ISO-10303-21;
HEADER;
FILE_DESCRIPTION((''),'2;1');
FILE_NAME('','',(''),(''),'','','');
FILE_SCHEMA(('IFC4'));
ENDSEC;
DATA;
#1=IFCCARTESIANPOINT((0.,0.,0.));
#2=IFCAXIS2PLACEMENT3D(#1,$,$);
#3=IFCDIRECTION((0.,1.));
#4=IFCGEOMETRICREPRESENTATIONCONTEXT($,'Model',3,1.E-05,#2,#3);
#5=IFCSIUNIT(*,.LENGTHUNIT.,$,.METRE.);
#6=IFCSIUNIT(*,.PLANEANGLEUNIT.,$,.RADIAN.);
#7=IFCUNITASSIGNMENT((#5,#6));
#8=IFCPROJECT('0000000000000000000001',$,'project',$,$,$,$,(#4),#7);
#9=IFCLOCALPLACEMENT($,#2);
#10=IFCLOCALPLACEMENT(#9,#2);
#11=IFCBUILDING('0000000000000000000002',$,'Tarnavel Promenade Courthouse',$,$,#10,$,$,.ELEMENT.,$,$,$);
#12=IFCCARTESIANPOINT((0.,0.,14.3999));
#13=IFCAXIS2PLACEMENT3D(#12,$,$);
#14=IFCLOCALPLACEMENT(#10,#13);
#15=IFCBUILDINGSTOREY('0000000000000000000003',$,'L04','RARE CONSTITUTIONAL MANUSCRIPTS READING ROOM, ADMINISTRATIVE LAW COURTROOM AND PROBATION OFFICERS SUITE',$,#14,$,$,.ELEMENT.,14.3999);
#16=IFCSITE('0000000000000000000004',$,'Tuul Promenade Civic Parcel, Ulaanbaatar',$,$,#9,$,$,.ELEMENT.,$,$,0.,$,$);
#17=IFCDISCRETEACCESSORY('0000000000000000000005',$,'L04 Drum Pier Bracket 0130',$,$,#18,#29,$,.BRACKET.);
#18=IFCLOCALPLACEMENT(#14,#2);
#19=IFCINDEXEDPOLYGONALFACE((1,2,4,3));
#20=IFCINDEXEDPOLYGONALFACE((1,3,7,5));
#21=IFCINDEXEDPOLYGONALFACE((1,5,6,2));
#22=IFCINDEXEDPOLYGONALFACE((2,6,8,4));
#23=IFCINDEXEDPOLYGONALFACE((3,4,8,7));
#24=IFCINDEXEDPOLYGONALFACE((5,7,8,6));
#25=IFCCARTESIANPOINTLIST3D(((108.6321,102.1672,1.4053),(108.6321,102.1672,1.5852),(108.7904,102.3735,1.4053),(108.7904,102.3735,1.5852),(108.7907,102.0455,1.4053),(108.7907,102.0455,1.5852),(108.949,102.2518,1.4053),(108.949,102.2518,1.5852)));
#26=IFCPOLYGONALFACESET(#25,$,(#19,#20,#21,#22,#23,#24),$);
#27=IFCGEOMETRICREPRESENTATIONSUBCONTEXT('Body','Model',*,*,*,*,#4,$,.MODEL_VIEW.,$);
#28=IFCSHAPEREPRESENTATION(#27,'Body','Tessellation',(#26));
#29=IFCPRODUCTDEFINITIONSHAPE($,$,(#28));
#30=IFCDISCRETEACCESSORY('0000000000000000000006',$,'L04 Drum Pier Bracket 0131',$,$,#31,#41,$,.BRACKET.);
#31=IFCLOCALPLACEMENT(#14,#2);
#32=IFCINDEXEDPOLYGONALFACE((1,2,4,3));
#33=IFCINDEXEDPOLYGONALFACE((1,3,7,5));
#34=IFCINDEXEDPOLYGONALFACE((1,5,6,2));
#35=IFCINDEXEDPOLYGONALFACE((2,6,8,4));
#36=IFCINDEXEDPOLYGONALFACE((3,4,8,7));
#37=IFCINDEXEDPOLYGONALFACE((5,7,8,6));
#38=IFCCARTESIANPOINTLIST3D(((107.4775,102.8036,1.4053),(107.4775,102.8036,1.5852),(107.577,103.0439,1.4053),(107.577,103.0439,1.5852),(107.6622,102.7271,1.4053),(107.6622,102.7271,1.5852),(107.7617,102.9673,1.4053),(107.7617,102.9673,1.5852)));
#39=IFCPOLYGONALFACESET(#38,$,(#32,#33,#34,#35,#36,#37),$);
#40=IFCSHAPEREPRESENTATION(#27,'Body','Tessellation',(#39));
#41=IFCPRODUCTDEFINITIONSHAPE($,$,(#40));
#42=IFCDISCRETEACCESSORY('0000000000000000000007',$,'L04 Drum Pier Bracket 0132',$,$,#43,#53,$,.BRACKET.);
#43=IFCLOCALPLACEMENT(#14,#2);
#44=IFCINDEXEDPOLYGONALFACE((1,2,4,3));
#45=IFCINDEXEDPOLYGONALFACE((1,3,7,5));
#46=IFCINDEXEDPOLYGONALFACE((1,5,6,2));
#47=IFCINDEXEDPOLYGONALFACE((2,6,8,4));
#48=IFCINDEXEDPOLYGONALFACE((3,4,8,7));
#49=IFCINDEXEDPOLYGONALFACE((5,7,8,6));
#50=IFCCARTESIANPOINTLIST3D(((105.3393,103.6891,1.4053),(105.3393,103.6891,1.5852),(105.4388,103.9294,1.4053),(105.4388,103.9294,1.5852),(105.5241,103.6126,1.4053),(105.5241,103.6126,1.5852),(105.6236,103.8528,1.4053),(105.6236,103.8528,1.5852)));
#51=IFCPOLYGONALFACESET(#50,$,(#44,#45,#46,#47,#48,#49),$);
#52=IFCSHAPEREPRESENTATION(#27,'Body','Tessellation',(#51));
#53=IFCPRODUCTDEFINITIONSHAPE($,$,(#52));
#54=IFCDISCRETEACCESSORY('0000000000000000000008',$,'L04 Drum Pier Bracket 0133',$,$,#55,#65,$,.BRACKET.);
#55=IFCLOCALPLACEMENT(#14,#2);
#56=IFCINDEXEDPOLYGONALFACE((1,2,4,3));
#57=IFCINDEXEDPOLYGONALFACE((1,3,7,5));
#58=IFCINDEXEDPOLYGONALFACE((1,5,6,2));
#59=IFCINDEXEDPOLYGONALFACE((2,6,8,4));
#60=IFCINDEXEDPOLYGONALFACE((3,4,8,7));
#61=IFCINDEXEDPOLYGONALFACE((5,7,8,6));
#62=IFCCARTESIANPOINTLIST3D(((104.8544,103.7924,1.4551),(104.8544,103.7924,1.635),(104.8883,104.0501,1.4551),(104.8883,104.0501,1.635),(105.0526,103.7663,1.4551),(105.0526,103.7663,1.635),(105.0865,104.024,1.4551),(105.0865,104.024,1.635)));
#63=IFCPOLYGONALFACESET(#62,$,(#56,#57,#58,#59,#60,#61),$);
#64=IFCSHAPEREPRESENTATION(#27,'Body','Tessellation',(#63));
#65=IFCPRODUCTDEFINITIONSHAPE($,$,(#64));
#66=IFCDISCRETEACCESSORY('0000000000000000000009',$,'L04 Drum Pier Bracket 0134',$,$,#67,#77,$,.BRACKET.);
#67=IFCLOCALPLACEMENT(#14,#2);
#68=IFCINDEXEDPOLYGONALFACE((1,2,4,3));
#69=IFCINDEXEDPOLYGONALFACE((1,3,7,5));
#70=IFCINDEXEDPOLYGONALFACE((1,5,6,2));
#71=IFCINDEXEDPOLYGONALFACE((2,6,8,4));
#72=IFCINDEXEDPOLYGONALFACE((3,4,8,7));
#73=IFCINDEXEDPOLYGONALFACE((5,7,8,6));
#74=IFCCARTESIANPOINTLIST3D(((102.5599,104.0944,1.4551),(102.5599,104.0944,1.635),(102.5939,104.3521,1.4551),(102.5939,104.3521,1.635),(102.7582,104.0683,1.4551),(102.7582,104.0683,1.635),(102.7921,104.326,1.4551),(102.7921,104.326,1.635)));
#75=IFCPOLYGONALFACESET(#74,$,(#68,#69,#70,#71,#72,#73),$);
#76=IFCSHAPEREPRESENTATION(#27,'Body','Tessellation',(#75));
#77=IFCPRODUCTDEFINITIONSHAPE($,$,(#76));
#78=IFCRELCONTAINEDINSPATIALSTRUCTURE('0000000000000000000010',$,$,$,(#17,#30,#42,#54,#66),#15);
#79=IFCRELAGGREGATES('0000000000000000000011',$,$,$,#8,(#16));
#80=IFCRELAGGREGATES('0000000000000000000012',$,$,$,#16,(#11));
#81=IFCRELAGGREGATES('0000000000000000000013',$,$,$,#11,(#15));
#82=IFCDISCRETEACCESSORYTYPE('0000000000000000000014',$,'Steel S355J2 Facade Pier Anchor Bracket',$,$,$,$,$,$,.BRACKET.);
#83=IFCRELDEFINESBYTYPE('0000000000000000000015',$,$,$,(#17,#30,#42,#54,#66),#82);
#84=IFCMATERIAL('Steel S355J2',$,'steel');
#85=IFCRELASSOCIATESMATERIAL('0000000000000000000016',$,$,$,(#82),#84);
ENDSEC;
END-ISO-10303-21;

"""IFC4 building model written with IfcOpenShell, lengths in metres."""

from ifc_helpers import new_model, si_unit, direction, frame, origin, origin_2d, place, context, subcontext, project, spatial, rectangle, extrude, material, type_object, element, save


model = new_model("IFC4")

# Units and contexts
model_context = context("Model", 3, precision=1e-05, world=origin(), true_north=direction((0.0, 1.0)))
body_context = subcontext(model_context, "Body", "Model", "MODEL_VIEW")
ifc_project = project(units=[si_unit("LENGTHUNIT", "METRE"), si_unit("PLANEANGLEUNIT", "RADIAN")], contexts=[model_context])

# Site, building, storey
site_placement = place(None, origin())
site = spatial("IfcSite", under=ifc_project, at=site_placement, Name="Tuul Promenade Civic Parcel, Ulaanbaatar", CompositionType="ELEMENT", RefElevation=0.0)
building_placement = place(site_placement, origin())
building = spatial("IfcBuilding", under=site, at=building_placement, Name="Tarnavel Promenade Courthouse", CompositionType="ELEMENT")
storey_placement = place(building_placement, frame((0.0, 0.0, 14.3999)))
storey = spatial("IfcBuildingStorey", under=building, at=storey_placement, Name="L04", Description="RARE CONSTITUTIONAL MANUSCRIPTS READING ROOM, ADMINISTRATIVE LAW COURTROOM AND PROBATION OFFICERS SUITE", CompositionType="ELEMENT", Elevation=14.3999)

# Shared definitions
ifc_material_1 = material(Name="Steel S355J2", Category="steel")

# Discrete accessories
discrete_accessory_type = type_object("IfcDiscreteAccessoryType", Name="Steel S355J2 Facade Pier Anchor Bracket", PredefinedType="BRACKET", material=ifc_material_1)
for number, where, z_axis, x_axis, name in (
    (1, (108.7905, 102.2095, 1.4053), (0.0, 0.0, 1.0), (-0.793353, 0.608761, 0.0), "L04 Drum Pier Bracket 0130"),
    (2, (107.6196, 102.8855, 1.4053), (0.0, 0.0, 1.0), (-0.92388, 0.382683, 0.0), "L04 Drum Pier Bracket 0131"),
    (3, (105.4814, 103.771, 1.4053), (0.0, 0.0, 1.0), (-0.92388, 0.382683, 0.0), "L04 Drum Pier Bracket 0132"),
    (4, (104.9705, 103.9082, 1.4551), (0.0, 0.0, 1.0), (-0.991445, 0.130526, 0.0), "L04 Drum Pier Bracket 0133"),
    (5, (102.676, 104.2102, 1.4551), (0.0, 0.0, 1.0), (-0.991445, 0.130526, 0.0), "L04 Drum Pier Bracket 0134"),
):
    element("IfcDiscreteAccessory", number, at=place(storey_placement, frame(where, z_axis=z_axis, x_axis=x_axis)), inside=storey, type_object=discrete_accessory_type, Name=name, PredefinedType="BRACKET", context=body_context, shape_type="SweptSolid", body=[
        extrude(rectangle(XDim=0.2, YDim=0.26, at=origin_2d()), origin(), (0.0, 0.0, 1.0), 0.1799),
    ])

save(model, "model.ifc")
